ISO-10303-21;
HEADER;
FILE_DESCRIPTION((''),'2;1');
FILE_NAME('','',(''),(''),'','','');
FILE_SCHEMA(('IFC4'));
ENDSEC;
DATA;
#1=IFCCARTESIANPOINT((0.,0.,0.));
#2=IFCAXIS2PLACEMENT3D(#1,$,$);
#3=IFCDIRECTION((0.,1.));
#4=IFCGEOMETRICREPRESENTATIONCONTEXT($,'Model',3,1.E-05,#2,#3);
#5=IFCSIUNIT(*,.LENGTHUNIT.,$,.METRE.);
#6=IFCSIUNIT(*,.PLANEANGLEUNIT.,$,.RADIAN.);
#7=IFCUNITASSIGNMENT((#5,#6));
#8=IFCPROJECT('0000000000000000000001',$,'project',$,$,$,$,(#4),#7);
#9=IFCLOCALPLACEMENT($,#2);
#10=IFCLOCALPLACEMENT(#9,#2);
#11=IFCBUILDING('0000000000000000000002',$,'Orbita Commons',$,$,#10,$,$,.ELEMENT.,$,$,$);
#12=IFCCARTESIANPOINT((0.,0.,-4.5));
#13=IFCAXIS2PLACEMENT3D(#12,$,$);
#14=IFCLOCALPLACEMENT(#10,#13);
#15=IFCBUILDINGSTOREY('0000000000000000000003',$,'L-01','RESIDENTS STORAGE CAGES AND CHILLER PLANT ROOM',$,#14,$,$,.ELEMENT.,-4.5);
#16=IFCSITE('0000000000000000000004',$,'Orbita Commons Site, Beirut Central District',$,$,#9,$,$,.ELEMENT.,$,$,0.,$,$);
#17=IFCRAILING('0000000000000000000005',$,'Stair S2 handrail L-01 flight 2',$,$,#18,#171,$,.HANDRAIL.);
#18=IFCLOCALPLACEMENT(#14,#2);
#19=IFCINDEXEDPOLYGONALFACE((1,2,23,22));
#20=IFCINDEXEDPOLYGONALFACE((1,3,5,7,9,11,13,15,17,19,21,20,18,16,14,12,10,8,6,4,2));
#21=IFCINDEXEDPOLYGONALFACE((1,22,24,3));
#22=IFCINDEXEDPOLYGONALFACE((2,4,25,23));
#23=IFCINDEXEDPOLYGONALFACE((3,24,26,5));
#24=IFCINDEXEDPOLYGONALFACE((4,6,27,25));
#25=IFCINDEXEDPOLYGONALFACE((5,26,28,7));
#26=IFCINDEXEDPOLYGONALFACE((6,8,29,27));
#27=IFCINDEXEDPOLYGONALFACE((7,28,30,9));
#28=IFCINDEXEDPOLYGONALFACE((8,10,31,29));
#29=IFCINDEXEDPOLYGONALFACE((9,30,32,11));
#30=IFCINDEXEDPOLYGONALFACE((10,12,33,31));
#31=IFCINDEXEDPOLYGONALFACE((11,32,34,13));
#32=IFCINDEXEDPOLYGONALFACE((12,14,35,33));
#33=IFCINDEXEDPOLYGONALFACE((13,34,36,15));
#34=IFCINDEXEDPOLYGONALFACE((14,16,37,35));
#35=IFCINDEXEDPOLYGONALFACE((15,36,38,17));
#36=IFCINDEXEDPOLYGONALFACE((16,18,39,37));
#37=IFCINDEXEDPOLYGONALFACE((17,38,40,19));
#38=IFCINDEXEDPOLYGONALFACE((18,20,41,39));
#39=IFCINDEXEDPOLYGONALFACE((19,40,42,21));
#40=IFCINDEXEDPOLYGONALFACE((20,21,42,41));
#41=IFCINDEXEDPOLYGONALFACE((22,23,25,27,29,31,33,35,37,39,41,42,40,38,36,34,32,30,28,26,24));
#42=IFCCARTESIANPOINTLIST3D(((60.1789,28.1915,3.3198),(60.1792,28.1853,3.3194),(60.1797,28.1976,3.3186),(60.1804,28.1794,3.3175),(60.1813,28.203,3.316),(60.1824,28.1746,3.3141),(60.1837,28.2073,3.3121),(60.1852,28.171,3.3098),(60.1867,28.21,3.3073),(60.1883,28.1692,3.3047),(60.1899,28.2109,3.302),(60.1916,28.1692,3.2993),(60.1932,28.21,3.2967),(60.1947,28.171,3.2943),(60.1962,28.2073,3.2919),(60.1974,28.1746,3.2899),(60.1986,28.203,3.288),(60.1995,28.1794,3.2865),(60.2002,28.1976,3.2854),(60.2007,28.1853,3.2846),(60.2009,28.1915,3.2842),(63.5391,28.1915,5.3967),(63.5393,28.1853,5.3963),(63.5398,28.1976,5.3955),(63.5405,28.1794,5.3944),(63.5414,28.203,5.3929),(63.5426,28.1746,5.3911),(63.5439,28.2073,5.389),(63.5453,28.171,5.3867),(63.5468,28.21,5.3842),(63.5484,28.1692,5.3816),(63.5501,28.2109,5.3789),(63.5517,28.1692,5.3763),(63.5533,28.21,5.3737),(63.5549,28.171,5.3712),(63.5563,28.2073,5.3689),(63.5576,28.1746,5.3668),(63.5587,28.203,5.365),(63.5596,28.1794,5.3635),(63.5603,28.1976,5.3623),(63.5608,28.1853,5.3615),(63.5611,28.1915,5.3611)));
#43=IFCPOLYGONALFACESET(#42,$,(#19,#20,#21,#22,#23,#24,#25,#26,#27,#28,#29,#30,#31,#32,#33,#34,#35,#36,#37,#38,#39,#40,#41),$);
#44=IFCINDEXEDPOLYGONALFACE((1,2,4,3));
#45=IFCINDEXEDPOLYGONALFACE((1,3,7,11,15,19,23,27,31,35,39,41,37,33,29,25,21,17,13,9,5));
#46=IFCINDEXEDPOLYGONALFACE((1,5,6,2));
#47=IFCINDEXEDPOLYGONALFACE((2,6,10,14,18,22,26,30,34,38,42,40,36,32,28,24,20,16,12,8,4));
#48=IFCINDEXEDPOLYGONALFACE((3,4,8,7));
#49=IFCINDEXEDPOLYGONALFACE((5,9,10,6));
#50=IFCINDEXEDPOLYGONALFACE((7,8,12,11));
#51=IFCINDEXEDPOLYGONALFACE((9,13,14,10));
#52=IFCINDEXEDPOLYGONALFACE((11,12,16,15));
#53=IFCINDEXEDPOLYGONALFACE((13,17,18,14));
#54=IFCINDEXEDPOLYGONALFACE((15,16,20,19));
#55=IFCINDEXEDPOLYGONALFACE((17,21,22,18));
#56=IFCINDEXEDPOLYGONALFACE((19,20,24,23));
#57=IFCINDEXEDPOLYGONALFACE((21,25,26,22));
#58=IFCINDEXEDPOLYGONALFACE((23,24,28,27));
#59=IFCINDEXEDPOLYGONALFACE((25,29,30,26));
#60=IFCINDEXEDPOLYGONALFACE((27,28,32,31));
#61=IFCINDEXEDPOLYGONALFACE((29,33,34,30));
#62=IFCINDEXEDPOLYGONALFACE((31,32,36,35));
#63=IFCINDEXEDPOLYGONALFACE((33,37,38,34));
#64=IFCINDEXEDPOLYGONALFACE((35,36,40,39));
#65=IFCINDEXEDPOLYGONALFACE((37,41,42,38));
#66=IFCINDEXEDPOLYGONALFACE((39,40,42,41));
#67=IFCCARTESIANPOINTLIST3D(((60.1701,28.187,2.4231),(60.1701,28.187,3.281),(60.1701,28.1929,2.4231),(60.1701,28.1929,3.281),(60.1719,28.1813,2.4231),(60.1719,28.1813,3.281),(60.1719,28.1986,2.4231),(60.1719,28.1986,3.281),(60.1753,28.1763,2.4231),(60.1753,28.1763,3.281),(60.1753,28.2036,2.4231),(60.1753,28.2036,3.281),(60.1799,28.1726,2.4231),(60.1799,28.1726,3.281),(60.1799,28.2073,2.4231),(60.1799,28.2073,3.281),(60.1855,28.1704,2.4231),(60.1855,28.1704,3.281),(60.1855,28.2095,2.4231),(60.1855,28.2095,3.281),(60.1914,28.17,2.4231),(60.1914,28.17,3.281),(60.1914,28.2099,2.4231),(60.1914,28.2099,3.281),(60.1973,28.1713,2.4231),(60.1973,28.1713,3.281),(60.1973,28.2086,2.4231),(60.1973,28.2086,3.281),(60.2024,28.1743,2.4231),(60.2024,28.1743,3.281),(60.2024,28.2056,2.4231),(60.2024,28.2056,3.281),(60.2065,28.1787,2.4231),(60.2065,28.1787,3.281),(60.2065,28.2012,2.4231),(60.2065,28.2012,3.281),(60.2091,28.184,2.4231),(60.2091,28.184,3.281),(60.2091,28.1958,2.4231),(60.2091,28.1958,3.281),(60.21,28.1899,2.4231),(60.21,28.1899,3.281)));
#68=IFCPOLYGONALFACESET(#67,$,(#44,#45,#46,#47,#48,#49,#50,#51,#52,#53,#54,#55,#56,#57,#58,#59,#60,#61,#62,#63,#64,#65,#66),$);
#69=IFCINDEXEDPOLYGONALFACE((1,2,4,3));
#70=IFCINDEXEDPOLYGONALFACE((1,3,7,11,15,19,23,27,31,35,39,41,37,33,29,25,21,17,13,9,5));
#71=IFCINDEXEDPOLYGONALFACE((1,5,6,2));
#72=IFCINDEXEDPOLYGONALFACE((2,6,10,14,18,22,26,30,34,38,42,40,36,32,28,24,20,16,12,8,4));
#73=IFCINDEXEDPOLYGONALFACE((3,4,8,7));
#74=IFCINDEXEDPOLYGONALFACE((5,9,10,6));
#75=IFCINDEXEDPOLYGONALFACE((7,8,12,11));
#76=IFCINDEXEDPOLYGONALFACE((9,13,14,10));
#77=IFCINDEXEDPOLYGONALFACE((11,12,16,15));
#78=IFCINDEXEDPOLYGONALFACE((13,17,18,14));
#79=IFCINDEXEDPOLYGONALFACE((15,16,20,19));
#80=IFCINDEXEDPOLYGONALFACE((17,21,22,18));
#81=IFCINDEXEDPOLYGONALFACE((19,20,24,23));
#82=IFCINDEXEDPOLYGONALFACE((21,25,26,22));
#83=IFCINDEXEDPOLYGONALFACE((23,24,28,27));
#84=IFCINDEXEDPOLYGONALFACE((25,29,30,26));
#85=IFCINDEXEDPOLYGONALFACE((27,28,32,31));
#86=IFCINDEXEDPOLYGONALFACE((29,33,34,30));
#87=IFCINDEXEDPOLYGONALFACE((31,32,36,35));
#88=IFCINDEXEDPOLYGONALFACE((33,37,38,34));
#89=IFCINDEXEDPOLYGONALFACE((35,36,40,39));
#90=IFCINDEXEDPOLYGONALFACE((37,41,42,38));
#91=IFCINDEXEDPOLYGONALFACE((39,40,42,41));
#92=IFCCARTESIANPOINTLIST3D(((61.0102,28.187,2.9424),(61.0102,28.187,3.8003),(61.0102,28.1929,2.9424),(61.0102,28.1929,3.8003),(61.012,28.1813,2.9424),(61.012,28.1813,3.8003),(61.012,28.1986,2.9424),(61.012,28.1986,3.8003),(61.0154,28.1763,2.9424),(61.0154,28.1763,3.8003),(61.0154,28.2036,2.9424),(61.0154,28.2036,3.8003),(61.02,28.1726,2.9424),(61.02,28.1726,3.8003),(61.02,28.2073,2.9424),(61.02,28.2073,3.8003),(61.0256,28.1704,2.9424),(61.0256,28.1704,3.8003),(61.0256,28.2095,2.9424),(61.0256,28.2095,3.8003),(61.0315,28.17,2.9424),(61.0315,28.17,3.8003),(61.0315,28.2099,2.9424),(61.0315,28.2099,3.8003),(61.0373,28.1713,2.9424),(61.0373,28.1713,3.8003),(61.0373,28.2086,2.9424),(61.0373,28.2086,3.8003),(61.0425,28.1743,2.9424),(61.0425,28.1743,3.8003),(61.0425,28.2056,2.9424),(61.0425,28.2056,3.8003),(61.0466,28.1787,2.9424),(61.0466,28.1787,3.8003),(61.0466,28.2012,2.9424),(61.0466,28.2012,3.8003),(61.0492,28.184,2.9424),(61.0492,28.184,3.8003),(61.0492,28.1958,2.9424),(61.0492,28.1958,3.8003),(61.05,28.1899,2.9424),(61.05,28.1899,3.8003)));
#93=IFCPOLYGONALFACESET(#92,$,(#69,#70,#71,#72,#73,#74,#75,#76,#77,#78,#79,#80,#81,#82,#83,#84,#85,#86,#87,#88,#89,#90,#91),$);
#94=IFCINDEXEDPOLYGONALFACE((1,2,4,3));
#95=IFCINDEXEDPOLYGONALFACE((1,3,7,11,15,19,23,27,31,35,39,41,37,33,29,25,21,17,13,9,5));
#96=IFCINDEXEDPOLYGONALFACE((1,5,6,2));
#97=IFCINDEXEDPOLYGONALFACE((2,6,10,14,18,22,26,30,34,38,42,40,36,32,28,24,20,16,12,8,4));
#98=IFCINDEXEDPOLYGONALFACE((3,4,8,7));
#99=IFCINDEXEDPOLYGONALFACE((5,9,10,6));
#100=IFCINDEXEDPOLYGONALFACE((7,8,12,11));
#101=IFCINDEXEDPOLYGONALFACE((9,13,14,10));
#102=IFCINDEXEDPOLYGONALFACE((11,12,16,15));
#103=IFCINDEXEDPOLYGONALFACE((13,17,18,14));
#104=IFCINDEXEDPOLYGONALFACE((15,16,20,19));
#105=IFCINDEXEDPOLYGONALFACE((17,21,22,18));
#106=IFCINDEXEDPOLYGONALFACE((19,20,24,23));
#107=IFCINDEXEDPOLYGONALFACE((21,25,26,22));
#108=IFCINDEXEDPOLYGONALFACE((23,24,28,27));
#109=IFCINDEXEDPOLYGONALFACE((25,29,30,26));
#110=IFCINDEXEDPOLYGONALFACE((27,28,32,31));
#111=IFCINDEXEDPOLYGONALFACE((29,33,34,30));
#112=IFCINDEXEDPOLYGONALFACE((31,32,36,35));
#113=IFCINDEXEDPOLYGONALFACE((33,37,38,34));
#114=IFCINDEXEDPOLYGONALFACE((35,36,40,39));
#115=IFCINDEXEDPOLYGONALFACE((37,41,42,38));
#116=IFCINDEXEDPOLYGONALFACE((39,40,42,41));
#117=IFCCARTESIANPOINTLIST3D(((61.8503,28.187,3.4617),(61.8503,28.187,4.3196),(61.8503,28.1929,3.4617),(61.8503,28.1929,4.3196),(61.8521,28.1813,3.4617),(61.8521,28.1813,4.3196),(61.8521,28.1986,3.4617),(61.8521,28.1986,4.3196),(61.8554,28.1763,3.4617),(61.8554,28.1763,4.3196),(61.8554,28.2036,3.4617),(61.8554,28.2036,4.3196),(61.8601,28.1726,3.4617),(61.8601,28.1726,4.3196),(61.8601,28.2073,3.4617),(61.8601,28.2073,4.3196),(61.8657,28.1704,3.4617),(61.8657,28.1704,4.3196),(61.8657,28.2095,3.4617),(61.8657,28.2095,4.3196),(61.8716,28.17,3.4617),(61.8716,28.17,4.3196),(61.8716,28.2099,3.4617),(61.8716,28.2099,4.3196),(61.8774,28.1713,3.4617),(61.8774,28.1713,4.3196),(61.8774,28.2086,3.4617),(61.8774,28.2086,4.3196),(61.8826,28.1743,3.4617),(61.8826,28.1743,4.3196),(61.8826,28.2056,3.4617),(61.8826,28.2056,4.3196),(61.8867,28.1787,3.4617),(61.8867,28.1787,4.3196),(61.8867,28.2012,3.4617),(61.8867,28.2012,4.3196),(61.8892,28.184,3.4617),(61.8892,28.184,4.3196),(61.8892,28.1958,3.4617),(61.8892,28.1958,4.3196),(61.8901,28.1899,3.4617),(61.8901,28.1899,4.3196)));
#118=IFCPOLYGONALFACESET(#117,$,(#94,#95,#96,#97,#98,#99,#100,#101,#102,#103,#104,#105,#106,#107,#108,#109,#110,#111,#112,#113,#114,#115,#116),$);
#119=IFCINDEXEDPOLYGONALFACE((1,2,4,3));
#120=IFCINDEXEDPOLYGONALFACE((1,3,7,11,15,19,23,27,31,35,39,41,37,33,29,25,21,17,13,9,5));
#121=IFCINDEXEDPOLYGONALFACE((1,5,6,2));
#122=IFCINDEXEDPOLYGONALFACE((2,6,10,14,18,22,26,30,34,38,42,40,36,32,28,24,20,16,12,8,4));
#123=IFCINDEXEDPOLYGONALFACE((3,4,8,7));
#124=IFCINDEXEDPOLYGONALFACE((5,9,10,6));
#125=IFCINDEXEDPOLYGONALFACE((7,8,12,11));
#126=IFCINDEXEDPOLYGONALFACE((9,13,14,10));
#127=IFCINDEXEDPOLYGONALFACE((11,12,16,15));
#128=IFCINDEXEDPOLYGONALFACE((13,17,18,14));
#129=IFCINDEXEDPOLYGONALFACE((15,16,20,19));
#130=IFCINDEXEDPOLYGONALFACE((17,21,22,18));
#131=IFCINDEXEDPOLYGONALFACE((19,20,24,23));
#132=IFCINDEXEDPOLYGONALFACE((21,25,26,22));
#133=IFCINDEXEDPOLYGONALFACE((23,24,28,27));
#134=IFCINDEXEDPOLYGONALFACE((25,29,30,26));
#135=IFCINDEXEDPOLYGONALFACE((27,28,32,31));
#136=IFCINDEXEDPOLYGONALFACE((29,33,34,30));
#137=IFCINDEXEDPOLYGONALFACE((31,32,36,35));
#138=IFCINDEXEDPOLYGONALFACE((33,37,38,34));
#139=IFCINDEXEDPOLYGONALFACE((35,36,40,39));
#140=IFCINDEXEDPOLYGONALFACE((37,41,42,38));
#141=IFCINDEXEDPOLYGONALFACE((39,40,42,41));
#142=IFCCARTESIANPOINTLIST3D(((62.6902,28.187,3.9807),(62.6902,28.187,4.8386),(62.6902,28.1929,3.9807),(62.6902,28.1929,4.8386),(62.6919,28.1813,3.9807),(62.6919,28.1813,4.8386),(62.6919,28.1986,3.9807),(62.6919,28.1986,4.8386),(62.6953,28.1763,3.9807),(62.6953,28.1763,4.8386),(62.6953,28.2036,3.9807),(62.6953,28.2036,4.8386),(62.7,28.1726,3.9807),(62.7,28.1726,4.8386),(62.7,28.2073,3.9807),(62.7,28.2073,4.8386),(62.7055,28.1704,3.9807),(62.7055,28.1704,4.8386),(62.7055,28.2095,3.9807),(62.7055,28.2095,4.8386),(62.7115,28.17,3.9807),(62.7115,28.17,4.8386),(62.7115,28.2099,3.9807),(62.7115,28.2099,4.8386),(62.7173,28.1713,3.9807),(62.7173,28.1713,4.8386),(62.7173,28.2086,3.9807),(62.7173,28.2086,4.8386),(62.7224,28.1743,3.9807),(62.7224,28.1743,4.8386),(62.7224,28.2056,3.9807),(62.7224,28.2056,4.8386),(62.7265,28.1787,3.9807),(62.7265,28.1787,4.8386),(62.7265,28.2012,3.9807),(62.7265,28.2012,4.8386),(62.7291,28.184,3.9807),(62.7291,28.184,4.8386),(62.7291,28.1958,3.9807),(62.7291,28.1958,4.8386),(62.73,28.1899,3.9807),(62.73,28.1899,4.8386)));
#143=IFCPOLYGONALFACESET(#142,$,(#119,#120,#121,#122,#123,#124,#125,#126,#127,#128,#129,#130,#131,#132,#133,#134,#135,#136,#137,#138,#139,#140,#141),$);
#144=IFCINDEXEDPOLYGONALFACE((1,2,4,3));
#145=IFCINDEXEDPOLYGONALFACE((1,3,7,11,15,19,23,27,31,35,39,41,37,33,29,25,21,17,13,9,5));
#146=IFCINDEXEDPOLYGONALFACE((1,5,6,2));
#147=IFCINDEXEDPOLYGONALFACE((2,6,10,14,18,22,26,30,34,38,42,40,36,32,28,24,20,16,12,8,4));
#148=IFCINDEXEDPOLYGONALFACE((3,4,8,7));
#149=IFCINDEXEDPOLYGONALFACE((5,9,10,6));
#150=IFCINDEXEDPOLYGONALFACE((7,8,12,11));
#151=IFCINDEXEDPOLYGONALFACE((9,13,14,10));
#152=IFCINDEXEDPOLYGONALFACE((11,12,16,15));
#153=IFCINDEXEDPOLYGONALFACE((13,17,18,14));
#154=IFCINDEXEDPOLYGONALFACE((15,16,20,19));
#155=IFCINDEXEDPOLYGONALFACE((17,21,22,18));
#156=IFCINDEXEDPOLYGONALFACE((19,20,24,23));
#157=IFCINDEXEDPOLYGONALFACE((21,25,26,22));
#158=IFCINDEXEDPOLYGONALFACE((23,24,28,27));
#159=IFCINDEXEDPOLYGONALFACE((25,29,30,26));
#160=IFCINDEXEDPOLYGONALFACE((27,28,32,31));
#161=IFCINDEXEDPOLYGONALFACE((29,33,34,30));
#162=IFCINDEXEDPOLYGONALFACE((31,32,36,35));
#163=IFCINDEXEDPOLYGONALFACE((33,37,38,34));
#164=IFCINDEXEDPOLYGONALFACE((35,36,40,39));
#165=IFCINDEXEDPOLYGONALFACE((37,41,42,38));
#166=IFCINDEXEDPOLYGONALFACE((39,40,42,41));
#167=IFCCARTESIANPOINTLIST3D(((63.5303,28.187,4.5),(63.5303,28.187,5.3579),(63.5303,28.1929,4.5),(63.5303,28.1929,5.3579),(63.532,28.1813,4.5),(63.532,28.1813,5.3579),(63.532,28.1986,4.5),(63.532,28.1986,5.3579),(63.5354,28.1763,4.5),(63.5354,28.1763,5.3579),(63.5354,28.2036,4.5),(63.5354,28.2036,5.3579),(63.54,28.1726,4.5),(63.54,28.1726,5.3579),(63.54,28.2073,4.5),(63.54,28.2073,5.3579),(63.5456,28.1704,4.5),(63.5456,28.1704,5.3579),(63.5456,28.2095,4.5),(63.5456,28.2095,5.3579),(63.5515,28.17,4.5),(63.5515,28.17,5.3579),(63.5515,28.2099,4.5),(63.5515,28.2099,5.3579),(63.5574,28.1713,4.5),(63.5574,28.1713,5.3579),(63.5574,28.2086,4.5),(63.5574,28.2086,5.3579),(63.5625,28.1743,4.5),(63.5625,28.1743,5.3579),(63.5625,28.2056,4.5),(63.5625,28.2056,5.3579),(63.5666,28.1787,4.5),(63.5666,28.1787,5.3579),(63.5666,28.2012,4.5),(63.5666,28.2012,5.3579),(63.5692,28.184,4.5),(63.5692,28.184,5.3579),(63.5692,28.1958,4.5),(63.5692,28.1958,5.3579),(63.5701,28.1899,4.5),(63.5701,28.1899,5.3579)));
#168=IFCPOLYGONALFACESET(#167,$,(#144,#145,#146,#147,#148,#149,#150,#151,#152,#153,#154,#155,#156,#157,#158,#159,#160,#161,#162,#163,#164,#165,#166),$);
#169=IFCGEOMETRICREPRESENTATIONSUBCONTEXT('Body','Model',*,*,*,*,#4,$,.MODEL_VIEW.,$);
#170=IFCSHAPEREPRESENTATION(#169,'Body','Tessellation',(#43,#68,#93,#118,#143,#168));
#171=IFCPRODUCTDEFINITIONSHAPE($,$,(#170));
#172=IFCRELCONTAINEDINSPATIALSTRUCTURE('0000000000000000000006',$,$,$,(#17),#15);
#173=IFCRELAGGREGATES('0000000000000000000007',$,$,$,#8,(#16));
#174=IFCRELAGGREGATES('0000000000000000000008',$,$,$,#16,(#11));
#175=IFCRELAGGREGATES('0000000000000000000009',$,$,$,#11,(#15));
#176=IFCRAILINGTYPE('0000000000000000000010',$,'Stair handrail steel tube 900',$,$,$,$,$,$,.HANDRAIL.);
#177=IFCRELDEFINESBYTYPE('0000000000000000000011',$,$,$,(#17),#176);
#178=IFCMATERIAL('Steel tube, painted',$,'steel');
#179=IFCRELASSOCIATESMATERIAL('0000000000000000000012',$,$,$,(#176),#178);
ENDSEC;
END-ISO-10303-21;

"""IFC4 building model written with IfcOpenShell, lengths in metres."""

from ifc_helpers import new_model, si_unit, direction, frame, origin, origin_2d, place, context, subcontext, project, spatial, circle, extrude, material, type_object, element, save


model = new_model("IFC4")

# Units and contexts
model_context = context("Model", 3, precision=1e-05, world=origin(), true_north=direction((0.0, 1.0)))
body_context = subcontext(model_context, "Body", "Model", "MODEL_VIEW")
ifc_project = project(units=[si_unit("LENGTHUNIT", "METRE"), si_unit("PLANEANGLEUNIT", "RADIAN")], contexts=[model_context])

# Site, building, storey
site_placement = place(None, origin())
site = spatial("IfcSite", under=ifc_project, at=site_placement, Name="Orbita Commons Site, Beirut Central District", CompositionType="ELEMENT", RefElevation=0.0)
building_placement = place(site_placement, origin())
building = spatial("IfcBuilding", under=site, at=building_placement, Name="Orbita Commons", CompositionType="ELEMENT")
storey_placement = place(building_placement, frame((0.0, 0.0, -4.5)))
storey = spatial("IfcBuildingStorey", under=building, at=storey_placement, Name="L-01", Description="RESIDENTS STORAGE CAGES AND CHILLER PLANT ROOM", CompositionType="ELEMENT", Elevation=-4.5)

# Railing
ifc_material_1 = material(Name="Steel tube, painted", Category="steel")
railing_type = type_object("IfcRailingType", Name="Stair handrail steel tube 900", PredefinedType="HANDRAIL", material=ifc_material_1)
for number, where, name in (
    (1, (60.1899, 28.1899, 2.4231), "Stair S2 handrail L-01 flight 2"),
):
    element("IfcRailing", number, at=place(storey_placement, frame(where)), inside=storey, type_object=railing_type, Name=name, PredefinedType="HANDRAIL", context=body_context, shape_type="SweptSolid", body=[
        extrude(circle(Radius=0.021, at=origin_2d()), frame((0.0, 0.0, 0.8789), z_axis=(0.850623, 0.0, 0.525776), x_axis=(0.0, 1.0, 0.0)), (0.0, 0.0, 1.0), 3.9502),
        extrude(circle(Radius=0.02, at=origin_2d()), origin(), (0.0, 0.0, 1.0), 0.8579),
        extrude(circle(Radius=0.02, at=origin_2d()), frame((0.8401, 0.0, 0.5193)), (0.0, 0.0, 1.0), 0.8579),
        extrude(circle(Radius=0.02, at=origin_2d()), frame((1.6802, 0.0, 1.0386)), (0.0, 0.0, 1.0), 0.8579),
        extrude(circle(Radius=0.02, at=origin_2d()), frame((2.52, 0.0, 1.5576)), (0.0, 0.0, 1.0), 0.8579),
        extrude(circle(Radius=0.02, at=origin_2d()), frame((3.3601, 0.0, 2.0769)), (0.0, 0.0, 1.0), 0.8579),
    ])

save(model, "model.ifc")
